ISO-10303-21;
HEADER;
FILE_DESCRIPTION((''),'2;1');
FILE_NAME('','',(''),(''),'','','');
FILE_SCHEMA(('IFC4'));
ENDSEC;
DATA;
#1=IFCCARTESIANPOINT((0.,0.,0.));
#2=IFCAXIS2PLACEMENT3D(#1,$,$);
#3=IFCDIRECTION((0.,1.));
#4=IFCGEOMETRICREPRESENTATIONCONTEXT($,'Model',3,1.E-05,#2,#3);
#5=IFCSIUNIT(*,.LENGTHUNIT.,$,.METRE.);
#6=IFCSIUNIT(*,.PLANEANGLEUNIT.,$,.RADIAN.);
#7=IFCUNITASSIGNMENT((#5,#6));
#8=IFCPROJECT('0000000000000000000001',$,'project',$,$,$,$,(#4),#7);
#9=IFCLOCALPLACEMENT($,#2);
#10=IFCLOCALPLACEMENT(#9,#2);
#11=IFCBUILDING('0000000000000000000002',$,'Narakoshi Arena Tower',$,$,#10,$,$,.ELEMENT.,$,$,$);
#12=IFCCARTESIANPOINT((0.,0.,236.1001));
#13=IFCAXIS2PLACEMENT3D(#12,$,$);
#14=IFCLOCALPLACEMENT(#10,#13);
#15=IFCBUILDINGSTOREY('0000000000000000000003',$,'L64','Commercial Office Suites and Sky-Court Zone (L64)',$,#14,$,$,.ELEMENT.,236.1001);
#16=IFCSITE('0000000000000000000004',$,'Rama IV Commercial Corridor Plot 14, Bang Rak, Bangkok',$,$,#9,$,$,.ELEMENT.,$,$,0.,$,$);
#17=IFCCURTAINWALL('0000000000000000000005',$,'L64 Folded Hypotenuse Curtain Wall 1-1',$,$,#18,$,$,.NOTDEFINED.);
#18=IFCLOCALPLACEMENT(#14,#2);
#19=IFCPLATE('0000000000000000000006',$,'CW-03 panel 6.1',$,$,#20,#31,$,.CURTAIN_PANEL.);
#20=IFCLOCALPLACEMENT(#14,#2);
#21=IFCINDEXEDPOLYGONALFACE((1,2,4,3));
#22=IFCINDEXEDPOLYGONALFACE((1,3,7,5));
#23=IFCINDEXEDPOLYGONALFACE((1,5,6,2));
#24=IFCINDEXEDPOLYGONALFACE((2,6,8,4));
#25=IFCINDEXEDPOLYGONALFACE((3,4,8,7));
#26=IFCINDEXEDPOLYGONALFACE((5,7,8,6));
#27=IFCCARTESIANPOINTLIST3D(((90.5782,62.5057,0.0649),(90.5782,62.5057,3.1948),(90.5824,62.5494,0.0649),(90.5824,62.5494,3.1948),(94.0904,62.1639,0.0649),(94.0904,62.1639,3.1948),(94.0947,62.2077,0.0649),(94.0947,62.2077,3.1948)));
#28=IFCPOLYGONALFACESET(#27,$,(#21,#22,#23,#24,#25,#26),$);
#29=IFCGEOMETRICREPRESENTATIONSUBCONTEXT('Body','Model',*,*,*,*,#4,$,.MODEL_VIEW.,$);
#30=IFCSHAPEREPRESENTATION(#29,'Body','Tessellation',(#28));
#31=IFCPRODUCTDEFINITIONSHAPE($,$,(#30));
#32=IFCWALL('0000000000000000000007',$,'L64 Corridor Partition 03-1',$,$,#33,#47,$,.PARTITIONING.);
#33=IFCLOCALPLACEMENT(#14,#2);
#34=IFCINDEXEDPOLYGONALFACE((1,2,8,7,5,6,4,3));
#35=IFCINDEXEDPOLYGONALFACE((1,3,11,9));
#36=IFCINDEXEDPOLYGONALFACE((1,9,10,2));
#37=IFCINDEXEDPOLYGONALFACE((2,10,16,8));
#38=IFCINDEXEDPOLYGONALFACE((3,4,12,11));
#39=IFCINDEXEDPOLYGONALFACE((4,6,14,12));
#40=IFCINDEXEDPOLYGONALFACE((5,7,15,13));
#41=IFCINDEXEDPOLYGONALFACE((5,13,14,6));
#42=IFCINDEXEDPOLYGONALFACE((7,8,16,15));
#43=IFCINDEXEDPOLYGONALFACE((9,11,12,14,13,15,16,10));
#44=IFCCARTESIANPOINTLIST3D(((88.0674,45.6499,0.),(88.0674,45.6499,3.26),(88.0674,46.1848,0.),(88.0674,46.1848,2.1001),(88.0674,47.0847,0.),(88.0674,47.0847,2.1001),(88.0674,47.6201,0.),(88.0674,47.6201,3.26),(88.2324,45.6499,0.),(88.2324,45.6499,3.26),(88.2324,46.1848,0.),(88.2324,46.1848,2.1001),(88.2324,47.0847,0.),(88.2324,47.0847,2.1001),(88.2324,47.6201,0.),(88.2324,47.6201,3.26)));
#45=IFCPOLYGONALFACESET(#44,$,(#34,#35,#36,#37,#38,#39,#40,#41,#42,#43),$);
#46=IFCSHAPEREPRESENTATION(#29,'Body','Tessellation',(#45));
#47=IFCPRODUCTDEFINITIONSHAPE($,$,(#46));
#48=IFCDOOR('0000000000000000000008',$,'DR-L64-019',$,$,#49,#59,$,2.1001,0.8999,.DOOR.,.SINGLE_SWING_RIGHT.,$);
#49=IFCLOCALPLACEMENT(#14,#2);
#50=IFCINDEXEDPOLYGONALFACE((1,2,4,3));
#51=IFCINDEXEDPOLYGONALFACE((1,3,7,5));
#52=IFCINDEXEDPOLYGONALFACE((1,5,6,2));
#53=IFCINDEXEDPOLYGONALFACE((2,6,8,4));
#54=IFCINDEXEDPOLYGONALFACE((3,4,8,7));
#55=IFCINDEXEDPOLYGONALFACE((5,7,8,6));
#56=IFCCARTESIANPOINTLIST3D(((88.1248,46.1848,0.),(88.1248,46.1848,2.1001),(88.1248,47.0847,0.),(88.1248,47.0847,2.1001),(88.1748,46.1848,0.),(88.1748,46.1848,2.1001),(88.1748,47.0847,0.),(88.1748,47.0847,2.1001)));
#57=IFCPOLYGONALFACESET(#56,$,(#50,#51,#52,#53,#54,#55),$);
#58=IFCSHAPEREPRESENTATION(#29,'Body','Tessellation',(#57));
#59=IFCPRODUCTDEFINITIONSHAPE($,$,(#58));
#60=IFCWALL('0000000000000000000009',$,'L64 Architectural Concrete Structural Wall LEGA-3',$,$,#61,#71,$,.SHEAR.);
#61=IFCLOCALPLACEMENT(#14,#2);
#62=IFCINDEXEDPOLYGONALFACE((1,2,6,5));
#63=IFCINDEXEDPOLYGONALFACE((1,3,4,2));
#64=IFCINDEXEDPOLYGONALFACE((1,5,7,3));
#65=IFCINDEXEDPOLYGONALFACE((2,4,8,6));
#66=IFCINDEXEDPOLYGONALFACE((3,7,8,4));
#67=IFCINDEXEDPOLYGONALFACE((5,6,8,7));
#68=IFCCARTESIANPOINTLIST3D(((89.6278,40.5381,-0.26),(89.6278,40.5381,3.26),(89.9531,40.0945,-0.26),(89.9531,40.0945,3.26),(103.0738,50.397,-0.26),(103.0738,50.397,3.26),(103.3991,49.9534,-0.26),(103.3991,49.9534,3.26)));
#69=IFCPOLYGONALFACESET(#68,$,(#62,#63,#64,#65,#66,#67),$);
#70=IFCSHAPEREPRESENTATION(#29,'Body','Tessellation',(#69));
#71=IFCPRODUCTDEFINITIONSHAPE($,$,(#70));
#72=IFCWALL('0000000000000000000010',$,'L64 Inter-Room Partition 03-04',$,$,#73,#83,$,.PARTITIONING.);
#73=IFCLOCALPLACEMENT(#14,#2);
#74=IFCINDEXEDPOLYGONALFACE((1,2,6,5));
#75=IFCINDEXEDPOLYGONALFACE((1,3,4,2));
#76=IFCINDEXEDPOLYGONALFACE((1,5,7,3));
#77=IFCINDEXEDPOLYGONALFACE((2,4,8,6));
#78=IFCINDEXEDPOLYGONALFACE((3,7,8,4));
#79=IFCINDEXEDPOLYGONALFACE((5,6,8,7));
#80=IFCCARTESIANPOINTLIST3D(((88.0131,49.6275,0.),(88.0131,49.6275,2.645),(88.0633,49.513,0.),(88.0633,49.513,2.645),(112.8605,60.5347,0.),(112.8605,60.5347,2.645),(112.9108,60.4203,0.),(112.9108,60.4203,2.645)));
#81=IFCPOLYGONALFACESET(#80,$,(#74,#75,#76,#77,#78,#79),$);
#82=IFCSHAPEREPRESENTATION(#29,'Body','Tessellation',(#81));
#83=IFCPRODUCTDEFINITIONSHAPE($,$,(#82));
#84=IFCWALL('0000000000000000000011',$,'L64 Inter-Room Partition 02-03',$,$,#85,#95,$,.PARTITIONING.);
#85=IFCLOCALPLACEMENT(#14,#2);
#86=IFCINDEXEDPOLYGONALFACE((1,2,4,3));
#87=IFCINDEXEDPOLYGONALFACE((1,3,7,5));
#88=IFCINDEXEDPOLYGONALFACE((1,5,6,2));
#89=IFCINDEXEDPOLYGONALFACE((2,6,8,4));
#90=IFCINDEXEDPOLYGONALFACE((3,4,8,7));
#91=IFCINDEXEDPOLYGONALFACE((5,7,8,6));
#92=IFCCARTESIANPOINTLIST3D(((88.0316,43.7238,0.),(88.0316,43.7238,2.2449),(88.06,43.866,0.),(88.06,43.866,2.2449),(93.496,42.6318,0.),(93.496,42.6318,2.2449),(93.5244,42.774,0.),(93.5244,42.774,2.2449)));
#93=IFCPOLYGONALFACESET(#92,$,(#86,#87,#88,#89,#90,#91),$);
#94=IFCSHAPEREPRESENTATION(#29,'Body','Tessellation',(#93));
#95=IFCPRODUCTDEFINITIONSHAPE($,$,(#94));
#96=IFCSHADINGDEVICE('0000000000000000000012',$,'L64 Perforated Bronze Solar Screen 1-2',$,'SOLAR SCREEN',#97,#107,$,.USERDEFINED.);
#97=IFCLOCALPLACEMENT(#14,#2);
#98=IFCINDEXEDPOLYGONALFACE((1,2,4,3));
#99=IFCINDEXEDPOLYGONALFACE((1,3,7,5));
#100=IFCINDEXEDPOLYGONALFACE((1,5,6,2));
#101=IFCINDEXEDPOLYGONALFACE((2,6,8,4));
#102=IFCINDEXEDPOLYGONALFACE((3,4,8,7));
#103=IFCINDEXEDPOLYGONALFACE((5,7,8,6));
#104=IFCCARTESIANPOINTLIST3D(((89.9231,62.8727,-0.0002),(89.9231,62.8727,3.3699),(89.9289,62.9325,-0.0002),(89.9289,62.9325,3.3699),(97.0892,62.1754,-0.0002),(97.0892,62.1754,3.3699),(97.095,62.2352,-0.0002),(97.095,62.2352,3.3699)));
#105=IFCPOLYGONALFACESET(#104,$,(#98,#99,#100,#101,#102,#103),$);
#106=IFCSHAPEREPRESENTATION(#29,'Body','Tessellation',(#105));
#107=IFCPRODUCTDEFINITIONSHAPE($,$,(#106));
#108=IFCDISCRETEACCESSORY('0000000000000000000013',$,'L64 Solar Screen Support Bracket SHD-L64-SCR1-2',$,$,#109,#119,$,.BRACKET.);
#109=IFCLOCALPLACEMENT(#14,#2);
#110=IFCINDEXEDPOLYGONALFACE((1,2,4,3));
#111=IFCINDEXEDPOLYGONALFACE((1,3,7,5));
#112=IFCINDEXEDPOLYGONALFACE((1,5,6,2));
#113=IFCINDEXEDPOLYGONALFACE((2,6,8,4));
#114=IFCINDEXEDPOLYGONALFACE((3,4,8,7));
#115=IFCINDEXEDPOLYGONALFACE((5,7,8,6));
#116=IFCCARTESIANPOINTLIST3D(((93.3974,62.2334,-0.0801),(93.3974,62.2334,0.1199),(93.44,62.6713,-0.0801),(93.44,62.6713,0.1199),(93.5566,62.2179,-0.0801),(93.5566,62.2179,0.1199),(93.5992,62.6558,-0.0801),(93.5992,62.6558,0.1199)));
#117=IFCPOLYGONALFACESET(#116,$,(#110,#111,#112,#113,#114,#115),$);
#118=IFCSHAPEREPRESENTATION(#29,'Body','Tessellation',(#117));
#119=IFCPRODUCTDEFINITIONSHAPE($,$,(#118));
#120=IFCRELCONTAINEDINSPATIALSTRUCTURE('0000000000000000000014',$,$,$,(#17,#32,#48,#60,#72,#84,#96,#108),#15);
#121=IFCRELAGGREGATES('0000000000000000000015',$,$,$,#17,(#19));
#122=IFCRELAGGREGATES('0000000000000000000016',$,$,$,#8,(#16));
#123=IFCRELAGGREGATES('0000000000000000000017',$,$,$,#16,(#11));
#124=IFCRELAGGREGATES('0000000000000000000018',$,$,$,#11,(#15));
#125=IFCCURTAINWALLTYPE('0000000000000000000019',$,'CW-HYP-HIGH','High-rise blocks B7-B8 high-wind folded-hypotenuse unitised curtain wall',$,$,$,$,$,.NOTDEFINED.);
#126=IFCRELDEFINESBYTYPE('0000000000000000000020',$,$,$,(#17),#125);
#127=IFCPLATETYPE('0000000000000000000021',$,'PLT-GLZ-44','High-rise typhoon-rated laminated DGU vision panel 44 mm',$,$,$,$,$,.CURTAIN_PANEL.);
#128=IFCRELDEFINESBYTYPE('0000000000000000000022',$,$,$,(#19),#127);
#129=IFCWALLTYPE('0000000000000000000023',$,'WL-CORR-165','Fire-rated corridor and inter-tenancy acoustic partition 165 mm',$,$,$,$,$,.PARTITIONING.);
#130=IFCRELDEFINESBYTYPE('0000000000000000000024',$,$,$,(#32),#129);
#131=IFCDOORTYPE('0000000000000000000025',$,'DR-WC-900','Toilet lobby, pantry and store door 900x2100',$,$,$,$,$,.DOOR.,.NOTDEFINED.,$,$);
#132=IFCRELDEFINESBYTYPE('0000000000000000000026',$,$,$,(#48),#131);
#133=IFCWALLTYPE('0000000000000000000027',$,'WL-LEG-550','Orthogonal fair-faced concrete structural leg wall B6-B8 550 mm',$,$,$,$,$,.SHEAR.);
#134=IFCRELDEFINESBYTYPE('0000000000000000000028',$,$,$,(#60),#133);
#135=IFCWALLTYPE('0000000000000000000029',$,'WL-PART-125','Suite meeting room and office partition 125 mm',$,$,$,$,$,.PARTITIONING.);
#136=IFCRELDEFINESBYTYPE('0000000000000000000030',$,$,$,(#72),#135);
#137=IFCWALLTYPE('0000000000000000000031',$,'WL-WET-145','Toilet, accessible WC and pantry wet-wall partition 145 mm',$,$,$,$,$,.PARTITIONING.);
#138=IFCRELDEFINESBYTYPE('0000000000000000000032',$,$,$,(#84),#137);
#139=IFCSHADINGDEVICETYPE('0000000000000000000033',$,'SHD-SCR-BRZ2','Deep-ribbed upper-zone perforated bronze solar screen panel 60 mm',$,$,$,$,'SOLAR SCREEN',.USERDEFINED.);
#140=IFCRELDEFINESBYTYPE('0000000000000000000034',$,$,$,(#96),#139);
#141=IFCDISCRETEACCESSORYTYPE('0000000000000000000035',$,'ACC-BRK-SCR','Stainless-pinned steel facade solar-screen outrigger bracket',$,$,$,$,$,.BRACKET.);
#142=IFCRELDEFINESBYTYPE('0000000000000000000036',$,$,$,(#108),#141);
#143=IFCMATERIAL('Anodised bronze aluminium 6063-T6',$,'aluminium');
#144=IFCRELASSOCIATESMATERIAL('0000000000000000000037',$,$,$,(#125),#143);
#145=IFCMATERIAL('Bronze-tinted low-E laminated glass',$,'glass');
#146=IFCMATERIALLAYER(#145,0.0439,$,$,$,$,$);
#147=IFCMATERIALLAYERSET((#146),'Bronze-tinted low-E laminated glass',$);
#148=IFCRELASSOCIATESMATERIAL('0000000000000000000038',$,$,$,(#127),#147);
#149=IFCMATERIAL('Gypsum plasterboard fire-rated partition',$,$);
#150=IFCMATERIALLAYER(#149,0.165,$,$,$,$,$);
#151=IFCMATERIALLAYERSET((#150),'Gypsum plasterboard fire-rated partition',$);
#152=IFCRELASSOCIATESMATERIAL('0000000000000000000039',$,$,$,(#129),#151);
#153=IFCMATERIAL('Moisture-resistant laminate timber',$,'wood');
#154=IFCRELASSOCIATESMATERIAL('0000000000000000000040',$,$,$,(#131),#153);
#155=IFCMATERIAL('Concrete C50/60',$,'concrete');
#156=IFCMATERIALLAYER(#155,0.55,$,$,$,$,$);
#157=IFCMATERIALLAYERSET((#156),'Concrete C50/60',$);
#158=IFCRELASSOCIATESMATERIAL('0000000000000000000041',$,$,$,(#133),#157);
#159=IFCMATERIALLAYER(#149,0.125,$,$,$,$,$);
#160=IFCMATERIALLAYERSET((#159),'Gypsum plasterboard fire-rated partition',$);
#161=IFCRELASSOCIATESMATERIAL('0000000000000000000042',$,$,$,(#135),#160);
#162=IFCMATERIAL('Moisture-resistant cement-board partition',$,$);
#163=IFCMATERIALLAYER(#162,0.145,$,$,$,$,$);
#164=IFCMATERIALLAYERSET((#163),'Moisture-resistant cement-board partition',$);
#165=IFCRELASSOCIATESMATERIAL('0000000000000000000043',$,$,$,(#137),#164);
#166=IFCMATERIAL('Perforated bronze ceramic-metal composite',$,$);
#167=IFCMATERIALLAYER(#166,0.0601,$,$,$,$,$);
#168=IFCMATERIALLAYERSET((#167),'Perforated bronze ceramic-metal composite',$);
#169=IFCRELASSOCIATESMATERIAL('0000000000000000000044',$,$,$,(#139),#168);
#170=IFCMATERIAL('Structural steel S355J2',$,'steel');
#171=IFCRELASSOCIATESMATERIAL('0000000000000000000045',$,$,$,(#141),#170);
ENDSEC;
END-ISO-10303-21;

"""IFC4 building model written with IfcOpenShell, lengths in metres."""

from ifc_helpers import new_model, si_unit, direction, frame, frame_2d, origin, origin_2d, place, context, subcontext, project, spatial, rectangle, extrude, material, layer, layer_set, type_object, element, fill, aggregate, save


model = new_model("IFC4")

# Units and contexts
model_context = context("Model", 3, precision=1e-05, world=origin(), true_north=direction((0.0, 1.0)))
body_context = subcontext(model_context, "Body", "Model", "MODEL_VIEW")
ifc_project = project(units=[si_unit("LENGTHUNIT", "METRE"), si_unit("PLANEANGLEUNIT", "RADIAN")], contexts=[model_context])

# Site, building, storey
site_placement = place(None, origin())
site = spatial("IfcSite", under=ifc_project, at=site_placement, Name="Rama IV Commercial Corridor Plot 14, Bang Rak, Bangkok", CompositionType="ELEMENT", RefElevation=0.0)
building_placement = place(site_placement, origin())
building = spatial("IfcBuilding", under=site, at=building_placement, Name="Narakoshi Arena Tower", CompositionType="ELEMENT")
storey_placement = place(building_placement, frame((0.0, 0.0, 236.1001)))
storey = spatial("IfcBuildingStorey", under=building, at=storey_placement, Name="L64", Description="Commercial Office Suites and Sky-Court Zone (L64)", CompositionType="ELEMENT", Elevation=236.1001)

# Shared definitions
ifc_material_1 = material(Name="Concrete C50/60", Category="concrete")

# Shared definitions
ifc_material_2 = material(Name="Structural steel S355J2", Category="steel")

# Curtain wall
ifc_material_3 = material(Name="Anodised bronze aluminium 6063-T6", Category="aluminium")
curtain_wall_type = type_object("IfcCurtainWallType", Name="CW-HYP-HIGH", Description="High-rise blocks B7-B8 high-wind folded-hypotenuse unitised curtain wall", PredefinedType="NOTDEFINED", material=ifc_material_3)
curtain_wall_1_placement = place(storey_placement, origin())
curtain_wall_1 = element("IfcCurtainWall", 1, at=curtain_wall_1_placement, inside=storey, type_object=curtain_wall_type, Name="L64 Folded Hypotenuse Curtain Wall 1-1", PredefinedType="NOTDEFINED")

# Plate
ifc_material_4 = material(Name="Bronze-tinted low-E laminated glass", Category="glass")
ifc_layer_1 = layer(ifc_material_4, 0.0439)
ifc_layer_set_1 = layer_set([ifc_layer_1], Name="Bronze-tinted low-E laminated glass")
plate_type = type_object("IfcPlateType", Name="PLT-GLZ-44", Description="High-rise typhoon-rated laminated DGU vision panel 44 mm", PredefinedType="CURTAIN_PANEL", material=ifc_layer_set_1)
plate_1_placement = place(storey_placement, frame((92.3364, 62.3567, 0.0649), z_axis=(0.0, 0.0, 1.0), x_axis=(-0.995299, 0.096851, 0.0)))
plate_1 = element("IfcPlate", 2, at=plate_1_placement, type_object=plate_type, Name="CW-03 panel 6.1", PredefinedType="CURTAIN_PANEL", context=body_context, shape_type="SweptSolid", body=[
    extrude(rectangle(XDim=3.5288, YDim=0.0439, at=origin_2d()), origin(), (0.0, 0.0, 1.0), 3.1299),
])
aggregate(curtain_wall_1, [plate_1])

# Wall, opening, door
ifc_material_5 = material(Name="Gypsum plasterboard fire-rated partition")
ifc_layer_2 = layer(ifc_material_5, 0.165)
ifc_layer_set_2 = layer_set([ifc_layer_2], Name="Gypsum plasterboard fire-rated partition")
wall_type_1 = type_object("IfcWallType", Name="WL-CORR-165", Description="Fire-rated corridor and inter-tenancy acoustic partition 165 mm", PredefinedType="PARTITIONING", material=ifc_layer_set_2)
wall_1_placement = place(storey_placement, frame((88.1499, 45.6499, 0.0), z_axis=(0.0, 0.0, 1.0), x_axis=(0.0, 1.0, 0.0)))
wall_1 = element("IfcWall", 3, at=wall_1_placement, inside=storey, type_object=wall_type_1, Name="L64 Corridor Partition 03-1", PredefinedType="PARTITIONING", context=body_context, shape_type="SweptSolid", body=[
    extrude(rectangle(XDim=1.9702, YDim=0.165, at=frame_2d((0.9851, 0.0))), origin(), (0.0, 0.0, 1.0), 3.26),
])
opening_1_placement = place(wall_1_placement, frame((0.5349, 0.0, 0.0)))
opening_1 = element("IfcOpeningElement", 4, at=opening_1_placement, cuts=wall_1, PredefinedType="OPENING", context=body_context, shape_type="SweptSolid", body=[
    extrude(rectangle(XDim=0.8999, YDim=2.1001, at=frame_2d((0.45, 1.05))), frame((0.0, 0.0925, 0.0), z_axis=(0.0, -1.0, 0.0), x_axis=(1.0, 0.0, 0.0)), (0.0, 0.0, 1.0), 0.1851),
])
ifc_material_6 = material(Name="Moisture-resistant laminate timber", Category="wood")
door_type_1 = type_object("IfcDoorType", Name="DR-WC-900", Description="Toilet lobby, pantry and store door 900x2100", OperationType="NOTDEFINED", PredefinedType="DOOR", material=ifc_material_6)
door_1_placement = place(opening_1_placement, frame((0.8999, 0.0, 0.0), z_axis=(0.0, 0.0, 1.0), x_axis=(-1.0, 0.0, 0.0)))
door_1 = element("IfcDoor", 5, at=door_1_placement, inside=storey, type_object=door_type_1, Name="DR-L64-019", OperationType="SINGLE_SWING_RIGHT", OverallHeight=2.1001, OverallWidth=0.8999, PredefinedType="DOOR", context=body_context, shape_type="SweptSolid", body=[
    extrude(rectangle(XDim=0.8999, YDim=2.1001, at=frame_2d((0.45, 1.05))), frame((0.0, 0.0249, 0.0), z_axis=(0.0, -1.0, 0.0), x_axis=(1.0, 0.0, 0.0)), (0.0, 0.0, 1.0), 0.05),
])
fill(opening_1, door_1)

# Walls
ifc_layer_3 = layer(ifc_material_1, 0.55)
ifc_layer_set_3 = layer_set([ifc_layer_3], Name="Concrete C50/60")
wall_type_2 = type_object("IfcWallType", Name="WL-LEG-550", Description="Orthogonal fair-faced concrete structural leg wall B6-B8 550 mm", PredefinedType="SHEAR", material=ifc_layer_set_3)
wall_2_placement = place(storey_placement, frame((89.7905, 40.3164, -0.26), z_axis=(0.0, 0.0, 1.0), x_axis=(0.806449, 0.591303, 0.0)))
element("IfcWall", 6, at=wall_2_placement, inside=storey, type_object=wall_type_2, Name="L64 Architectural Concrete Structural Wall LEGA-3", PredefinedType="SHEAR", context=body_context, shape_type="SweptSolid", body=[
    extrude(rectangle(XDim=16.6731, YDim=0.55, at=frame_2d((8.3364, 0.0))), origin(), (0.0, 0.0, 1.0), 3.52),
])
ifc_layer_4 = layer(ifc_material_5, 0.125)
ifc_layer_set_4 = layer_set([ifc_layer_4], Name="Gypsum plasterboard fire-rated partition")
wall_type_3 = type_object("IfcWallType", Name="WL-PART-125", Description="Suite meeting room and office partition 125 mm", PredefinedType="PARTITIONING", material=ifc_layer_set_4)
wall_3_placement = place(storey_placement, frame((88.0383, 49.5703, 0.0), z_axis=(0.0, 0.0, 1.0), x_axis=(0.915663, 0.401947, 0.0)))
element("IfcWall", 7, at=wall_3_placement, inside=storey, type_object=wall_type_3, Name="L64 Inter-Room Partition 03-04", PredefinedType="PARTITIONING", context=body_context, shape_type="SweptSolid", body=[
    extrude(rectangle(XDim=27.136, YDim=0.125, at=frame_2d((13.5679, 0.0))), origin(), (0.0, 0.0, 1.0), 2.645),
])

# Shared definitions
ifc_material_7 = material(Name="Moisture-resistant cement-board partition")
ifc_layer_5 = layer(ifc_material_7, 0.145)
ifc_layer_set_5 = layer_set([ifc_layer_5], Name="Moisture-resistant cement-board partition")
wall_type_4 = type_object("IfcWallType", Name="WL-WET-145", Description="Toilet, accessible WC and pantry wet-wall partition 145 mm", PredefinedType="PARTITIONING", material=ifc_layer_set_5)

# Wall
wall_4_placement = place(storey_placement, frame((88.0459, 43.7949, 0.0), z_axis=(0.0, 0.0, 1.0), x_axis=(0.980609, -0.195973, 0.0)))
element("IfcWall", 8, at=wall_4_placement, inside=storey, type_object=wall_type_4, Name="L64 Inter-Room Partition 02-03", PredefinedType="PARTITIONING", context=body_context, shape_type="SweptSolid", body=[
    extrude(rectangle(XDim=5.5725, YDim=0.145, at=frame_2d((2.7861, 0.0))), origin(), (0.0, 0.0, 1.0), 2.2449),
])

# Shading device
ifc_material_8 = material(Name="Perforated bronze ceramic-metal composite")
ifc_layer_6 = layer(ifc_material_8, 0.0601)
ifc_layer_set_6 = layer_set([ifc_layer_6], Name="Perforated bronze ceramic-metal composite")
shading_device_type = type_object("IfcShadingDeviceType", Name="SHD-SCR-BRZ2", Description="Deep-ribbed upper-zone perforated bronze solar screen panel 60 mm", ElementType="SOLAR SCREEN", PredefinedType="USERDEFINED", material=ifc_layer_set_6)
shading_device_placement = place(storey_placement, frame((93.509, 62.554, -0.0002), z_axis=(0.0, 0.0, 1.0), x_axis=(-0.995299, 0.096853, 0.0)))
element("IfcShadingDevice", 9, at=shading_device_placement, inside=storey, type_object=shading_device_type, Name="L64 Perforated Bronze Solar Screen 1-2", ObjectType="SOLAR SCREEN", PredefinedType="USERDEFINED", context=body_context, shape_type="SweptSolid", body=[
    extrude(rectangle(XDim=7.2, YDim=0.0601, at=origin_2d()), origin(), (0.0, 0.0, 1.0), 3.3701),
])

# Discrete accessory
discrete_accessory_type = type_object("IfcDiscreteAccessoryType", Name="ACC-BRK-SCR", Description="Stainless-pinned steel facade solar-screen outrigger bracket", PredefinedType="BRACKET", material=ifc_material_2)
discrete_accessory_placement = place(storey_placement, frame((93.4983, 62.4446, -0.0801), z_axis=(0.0, 0.0, 1.0), x_axis=(-0.995299, 0.096853, 0.0)))
element("IfcDiscreteAccessory", 10, at=discrete_accessory_placement, inside=storey, type_object=discrete_accessory_type, Name="L64 Solar Screen Support Bracket SHD-L64-SCR1-2", PredefinedType="BRACKET", context=body_context, shape_type="SweptSolid", body=[
    extrude(rectangle(XDim=0.1599, YDim=0.4399, at=origin_2d()), origin(), (0.0, 0.0, 1.0), 0.2),
])

save(model, "model.ifc")
